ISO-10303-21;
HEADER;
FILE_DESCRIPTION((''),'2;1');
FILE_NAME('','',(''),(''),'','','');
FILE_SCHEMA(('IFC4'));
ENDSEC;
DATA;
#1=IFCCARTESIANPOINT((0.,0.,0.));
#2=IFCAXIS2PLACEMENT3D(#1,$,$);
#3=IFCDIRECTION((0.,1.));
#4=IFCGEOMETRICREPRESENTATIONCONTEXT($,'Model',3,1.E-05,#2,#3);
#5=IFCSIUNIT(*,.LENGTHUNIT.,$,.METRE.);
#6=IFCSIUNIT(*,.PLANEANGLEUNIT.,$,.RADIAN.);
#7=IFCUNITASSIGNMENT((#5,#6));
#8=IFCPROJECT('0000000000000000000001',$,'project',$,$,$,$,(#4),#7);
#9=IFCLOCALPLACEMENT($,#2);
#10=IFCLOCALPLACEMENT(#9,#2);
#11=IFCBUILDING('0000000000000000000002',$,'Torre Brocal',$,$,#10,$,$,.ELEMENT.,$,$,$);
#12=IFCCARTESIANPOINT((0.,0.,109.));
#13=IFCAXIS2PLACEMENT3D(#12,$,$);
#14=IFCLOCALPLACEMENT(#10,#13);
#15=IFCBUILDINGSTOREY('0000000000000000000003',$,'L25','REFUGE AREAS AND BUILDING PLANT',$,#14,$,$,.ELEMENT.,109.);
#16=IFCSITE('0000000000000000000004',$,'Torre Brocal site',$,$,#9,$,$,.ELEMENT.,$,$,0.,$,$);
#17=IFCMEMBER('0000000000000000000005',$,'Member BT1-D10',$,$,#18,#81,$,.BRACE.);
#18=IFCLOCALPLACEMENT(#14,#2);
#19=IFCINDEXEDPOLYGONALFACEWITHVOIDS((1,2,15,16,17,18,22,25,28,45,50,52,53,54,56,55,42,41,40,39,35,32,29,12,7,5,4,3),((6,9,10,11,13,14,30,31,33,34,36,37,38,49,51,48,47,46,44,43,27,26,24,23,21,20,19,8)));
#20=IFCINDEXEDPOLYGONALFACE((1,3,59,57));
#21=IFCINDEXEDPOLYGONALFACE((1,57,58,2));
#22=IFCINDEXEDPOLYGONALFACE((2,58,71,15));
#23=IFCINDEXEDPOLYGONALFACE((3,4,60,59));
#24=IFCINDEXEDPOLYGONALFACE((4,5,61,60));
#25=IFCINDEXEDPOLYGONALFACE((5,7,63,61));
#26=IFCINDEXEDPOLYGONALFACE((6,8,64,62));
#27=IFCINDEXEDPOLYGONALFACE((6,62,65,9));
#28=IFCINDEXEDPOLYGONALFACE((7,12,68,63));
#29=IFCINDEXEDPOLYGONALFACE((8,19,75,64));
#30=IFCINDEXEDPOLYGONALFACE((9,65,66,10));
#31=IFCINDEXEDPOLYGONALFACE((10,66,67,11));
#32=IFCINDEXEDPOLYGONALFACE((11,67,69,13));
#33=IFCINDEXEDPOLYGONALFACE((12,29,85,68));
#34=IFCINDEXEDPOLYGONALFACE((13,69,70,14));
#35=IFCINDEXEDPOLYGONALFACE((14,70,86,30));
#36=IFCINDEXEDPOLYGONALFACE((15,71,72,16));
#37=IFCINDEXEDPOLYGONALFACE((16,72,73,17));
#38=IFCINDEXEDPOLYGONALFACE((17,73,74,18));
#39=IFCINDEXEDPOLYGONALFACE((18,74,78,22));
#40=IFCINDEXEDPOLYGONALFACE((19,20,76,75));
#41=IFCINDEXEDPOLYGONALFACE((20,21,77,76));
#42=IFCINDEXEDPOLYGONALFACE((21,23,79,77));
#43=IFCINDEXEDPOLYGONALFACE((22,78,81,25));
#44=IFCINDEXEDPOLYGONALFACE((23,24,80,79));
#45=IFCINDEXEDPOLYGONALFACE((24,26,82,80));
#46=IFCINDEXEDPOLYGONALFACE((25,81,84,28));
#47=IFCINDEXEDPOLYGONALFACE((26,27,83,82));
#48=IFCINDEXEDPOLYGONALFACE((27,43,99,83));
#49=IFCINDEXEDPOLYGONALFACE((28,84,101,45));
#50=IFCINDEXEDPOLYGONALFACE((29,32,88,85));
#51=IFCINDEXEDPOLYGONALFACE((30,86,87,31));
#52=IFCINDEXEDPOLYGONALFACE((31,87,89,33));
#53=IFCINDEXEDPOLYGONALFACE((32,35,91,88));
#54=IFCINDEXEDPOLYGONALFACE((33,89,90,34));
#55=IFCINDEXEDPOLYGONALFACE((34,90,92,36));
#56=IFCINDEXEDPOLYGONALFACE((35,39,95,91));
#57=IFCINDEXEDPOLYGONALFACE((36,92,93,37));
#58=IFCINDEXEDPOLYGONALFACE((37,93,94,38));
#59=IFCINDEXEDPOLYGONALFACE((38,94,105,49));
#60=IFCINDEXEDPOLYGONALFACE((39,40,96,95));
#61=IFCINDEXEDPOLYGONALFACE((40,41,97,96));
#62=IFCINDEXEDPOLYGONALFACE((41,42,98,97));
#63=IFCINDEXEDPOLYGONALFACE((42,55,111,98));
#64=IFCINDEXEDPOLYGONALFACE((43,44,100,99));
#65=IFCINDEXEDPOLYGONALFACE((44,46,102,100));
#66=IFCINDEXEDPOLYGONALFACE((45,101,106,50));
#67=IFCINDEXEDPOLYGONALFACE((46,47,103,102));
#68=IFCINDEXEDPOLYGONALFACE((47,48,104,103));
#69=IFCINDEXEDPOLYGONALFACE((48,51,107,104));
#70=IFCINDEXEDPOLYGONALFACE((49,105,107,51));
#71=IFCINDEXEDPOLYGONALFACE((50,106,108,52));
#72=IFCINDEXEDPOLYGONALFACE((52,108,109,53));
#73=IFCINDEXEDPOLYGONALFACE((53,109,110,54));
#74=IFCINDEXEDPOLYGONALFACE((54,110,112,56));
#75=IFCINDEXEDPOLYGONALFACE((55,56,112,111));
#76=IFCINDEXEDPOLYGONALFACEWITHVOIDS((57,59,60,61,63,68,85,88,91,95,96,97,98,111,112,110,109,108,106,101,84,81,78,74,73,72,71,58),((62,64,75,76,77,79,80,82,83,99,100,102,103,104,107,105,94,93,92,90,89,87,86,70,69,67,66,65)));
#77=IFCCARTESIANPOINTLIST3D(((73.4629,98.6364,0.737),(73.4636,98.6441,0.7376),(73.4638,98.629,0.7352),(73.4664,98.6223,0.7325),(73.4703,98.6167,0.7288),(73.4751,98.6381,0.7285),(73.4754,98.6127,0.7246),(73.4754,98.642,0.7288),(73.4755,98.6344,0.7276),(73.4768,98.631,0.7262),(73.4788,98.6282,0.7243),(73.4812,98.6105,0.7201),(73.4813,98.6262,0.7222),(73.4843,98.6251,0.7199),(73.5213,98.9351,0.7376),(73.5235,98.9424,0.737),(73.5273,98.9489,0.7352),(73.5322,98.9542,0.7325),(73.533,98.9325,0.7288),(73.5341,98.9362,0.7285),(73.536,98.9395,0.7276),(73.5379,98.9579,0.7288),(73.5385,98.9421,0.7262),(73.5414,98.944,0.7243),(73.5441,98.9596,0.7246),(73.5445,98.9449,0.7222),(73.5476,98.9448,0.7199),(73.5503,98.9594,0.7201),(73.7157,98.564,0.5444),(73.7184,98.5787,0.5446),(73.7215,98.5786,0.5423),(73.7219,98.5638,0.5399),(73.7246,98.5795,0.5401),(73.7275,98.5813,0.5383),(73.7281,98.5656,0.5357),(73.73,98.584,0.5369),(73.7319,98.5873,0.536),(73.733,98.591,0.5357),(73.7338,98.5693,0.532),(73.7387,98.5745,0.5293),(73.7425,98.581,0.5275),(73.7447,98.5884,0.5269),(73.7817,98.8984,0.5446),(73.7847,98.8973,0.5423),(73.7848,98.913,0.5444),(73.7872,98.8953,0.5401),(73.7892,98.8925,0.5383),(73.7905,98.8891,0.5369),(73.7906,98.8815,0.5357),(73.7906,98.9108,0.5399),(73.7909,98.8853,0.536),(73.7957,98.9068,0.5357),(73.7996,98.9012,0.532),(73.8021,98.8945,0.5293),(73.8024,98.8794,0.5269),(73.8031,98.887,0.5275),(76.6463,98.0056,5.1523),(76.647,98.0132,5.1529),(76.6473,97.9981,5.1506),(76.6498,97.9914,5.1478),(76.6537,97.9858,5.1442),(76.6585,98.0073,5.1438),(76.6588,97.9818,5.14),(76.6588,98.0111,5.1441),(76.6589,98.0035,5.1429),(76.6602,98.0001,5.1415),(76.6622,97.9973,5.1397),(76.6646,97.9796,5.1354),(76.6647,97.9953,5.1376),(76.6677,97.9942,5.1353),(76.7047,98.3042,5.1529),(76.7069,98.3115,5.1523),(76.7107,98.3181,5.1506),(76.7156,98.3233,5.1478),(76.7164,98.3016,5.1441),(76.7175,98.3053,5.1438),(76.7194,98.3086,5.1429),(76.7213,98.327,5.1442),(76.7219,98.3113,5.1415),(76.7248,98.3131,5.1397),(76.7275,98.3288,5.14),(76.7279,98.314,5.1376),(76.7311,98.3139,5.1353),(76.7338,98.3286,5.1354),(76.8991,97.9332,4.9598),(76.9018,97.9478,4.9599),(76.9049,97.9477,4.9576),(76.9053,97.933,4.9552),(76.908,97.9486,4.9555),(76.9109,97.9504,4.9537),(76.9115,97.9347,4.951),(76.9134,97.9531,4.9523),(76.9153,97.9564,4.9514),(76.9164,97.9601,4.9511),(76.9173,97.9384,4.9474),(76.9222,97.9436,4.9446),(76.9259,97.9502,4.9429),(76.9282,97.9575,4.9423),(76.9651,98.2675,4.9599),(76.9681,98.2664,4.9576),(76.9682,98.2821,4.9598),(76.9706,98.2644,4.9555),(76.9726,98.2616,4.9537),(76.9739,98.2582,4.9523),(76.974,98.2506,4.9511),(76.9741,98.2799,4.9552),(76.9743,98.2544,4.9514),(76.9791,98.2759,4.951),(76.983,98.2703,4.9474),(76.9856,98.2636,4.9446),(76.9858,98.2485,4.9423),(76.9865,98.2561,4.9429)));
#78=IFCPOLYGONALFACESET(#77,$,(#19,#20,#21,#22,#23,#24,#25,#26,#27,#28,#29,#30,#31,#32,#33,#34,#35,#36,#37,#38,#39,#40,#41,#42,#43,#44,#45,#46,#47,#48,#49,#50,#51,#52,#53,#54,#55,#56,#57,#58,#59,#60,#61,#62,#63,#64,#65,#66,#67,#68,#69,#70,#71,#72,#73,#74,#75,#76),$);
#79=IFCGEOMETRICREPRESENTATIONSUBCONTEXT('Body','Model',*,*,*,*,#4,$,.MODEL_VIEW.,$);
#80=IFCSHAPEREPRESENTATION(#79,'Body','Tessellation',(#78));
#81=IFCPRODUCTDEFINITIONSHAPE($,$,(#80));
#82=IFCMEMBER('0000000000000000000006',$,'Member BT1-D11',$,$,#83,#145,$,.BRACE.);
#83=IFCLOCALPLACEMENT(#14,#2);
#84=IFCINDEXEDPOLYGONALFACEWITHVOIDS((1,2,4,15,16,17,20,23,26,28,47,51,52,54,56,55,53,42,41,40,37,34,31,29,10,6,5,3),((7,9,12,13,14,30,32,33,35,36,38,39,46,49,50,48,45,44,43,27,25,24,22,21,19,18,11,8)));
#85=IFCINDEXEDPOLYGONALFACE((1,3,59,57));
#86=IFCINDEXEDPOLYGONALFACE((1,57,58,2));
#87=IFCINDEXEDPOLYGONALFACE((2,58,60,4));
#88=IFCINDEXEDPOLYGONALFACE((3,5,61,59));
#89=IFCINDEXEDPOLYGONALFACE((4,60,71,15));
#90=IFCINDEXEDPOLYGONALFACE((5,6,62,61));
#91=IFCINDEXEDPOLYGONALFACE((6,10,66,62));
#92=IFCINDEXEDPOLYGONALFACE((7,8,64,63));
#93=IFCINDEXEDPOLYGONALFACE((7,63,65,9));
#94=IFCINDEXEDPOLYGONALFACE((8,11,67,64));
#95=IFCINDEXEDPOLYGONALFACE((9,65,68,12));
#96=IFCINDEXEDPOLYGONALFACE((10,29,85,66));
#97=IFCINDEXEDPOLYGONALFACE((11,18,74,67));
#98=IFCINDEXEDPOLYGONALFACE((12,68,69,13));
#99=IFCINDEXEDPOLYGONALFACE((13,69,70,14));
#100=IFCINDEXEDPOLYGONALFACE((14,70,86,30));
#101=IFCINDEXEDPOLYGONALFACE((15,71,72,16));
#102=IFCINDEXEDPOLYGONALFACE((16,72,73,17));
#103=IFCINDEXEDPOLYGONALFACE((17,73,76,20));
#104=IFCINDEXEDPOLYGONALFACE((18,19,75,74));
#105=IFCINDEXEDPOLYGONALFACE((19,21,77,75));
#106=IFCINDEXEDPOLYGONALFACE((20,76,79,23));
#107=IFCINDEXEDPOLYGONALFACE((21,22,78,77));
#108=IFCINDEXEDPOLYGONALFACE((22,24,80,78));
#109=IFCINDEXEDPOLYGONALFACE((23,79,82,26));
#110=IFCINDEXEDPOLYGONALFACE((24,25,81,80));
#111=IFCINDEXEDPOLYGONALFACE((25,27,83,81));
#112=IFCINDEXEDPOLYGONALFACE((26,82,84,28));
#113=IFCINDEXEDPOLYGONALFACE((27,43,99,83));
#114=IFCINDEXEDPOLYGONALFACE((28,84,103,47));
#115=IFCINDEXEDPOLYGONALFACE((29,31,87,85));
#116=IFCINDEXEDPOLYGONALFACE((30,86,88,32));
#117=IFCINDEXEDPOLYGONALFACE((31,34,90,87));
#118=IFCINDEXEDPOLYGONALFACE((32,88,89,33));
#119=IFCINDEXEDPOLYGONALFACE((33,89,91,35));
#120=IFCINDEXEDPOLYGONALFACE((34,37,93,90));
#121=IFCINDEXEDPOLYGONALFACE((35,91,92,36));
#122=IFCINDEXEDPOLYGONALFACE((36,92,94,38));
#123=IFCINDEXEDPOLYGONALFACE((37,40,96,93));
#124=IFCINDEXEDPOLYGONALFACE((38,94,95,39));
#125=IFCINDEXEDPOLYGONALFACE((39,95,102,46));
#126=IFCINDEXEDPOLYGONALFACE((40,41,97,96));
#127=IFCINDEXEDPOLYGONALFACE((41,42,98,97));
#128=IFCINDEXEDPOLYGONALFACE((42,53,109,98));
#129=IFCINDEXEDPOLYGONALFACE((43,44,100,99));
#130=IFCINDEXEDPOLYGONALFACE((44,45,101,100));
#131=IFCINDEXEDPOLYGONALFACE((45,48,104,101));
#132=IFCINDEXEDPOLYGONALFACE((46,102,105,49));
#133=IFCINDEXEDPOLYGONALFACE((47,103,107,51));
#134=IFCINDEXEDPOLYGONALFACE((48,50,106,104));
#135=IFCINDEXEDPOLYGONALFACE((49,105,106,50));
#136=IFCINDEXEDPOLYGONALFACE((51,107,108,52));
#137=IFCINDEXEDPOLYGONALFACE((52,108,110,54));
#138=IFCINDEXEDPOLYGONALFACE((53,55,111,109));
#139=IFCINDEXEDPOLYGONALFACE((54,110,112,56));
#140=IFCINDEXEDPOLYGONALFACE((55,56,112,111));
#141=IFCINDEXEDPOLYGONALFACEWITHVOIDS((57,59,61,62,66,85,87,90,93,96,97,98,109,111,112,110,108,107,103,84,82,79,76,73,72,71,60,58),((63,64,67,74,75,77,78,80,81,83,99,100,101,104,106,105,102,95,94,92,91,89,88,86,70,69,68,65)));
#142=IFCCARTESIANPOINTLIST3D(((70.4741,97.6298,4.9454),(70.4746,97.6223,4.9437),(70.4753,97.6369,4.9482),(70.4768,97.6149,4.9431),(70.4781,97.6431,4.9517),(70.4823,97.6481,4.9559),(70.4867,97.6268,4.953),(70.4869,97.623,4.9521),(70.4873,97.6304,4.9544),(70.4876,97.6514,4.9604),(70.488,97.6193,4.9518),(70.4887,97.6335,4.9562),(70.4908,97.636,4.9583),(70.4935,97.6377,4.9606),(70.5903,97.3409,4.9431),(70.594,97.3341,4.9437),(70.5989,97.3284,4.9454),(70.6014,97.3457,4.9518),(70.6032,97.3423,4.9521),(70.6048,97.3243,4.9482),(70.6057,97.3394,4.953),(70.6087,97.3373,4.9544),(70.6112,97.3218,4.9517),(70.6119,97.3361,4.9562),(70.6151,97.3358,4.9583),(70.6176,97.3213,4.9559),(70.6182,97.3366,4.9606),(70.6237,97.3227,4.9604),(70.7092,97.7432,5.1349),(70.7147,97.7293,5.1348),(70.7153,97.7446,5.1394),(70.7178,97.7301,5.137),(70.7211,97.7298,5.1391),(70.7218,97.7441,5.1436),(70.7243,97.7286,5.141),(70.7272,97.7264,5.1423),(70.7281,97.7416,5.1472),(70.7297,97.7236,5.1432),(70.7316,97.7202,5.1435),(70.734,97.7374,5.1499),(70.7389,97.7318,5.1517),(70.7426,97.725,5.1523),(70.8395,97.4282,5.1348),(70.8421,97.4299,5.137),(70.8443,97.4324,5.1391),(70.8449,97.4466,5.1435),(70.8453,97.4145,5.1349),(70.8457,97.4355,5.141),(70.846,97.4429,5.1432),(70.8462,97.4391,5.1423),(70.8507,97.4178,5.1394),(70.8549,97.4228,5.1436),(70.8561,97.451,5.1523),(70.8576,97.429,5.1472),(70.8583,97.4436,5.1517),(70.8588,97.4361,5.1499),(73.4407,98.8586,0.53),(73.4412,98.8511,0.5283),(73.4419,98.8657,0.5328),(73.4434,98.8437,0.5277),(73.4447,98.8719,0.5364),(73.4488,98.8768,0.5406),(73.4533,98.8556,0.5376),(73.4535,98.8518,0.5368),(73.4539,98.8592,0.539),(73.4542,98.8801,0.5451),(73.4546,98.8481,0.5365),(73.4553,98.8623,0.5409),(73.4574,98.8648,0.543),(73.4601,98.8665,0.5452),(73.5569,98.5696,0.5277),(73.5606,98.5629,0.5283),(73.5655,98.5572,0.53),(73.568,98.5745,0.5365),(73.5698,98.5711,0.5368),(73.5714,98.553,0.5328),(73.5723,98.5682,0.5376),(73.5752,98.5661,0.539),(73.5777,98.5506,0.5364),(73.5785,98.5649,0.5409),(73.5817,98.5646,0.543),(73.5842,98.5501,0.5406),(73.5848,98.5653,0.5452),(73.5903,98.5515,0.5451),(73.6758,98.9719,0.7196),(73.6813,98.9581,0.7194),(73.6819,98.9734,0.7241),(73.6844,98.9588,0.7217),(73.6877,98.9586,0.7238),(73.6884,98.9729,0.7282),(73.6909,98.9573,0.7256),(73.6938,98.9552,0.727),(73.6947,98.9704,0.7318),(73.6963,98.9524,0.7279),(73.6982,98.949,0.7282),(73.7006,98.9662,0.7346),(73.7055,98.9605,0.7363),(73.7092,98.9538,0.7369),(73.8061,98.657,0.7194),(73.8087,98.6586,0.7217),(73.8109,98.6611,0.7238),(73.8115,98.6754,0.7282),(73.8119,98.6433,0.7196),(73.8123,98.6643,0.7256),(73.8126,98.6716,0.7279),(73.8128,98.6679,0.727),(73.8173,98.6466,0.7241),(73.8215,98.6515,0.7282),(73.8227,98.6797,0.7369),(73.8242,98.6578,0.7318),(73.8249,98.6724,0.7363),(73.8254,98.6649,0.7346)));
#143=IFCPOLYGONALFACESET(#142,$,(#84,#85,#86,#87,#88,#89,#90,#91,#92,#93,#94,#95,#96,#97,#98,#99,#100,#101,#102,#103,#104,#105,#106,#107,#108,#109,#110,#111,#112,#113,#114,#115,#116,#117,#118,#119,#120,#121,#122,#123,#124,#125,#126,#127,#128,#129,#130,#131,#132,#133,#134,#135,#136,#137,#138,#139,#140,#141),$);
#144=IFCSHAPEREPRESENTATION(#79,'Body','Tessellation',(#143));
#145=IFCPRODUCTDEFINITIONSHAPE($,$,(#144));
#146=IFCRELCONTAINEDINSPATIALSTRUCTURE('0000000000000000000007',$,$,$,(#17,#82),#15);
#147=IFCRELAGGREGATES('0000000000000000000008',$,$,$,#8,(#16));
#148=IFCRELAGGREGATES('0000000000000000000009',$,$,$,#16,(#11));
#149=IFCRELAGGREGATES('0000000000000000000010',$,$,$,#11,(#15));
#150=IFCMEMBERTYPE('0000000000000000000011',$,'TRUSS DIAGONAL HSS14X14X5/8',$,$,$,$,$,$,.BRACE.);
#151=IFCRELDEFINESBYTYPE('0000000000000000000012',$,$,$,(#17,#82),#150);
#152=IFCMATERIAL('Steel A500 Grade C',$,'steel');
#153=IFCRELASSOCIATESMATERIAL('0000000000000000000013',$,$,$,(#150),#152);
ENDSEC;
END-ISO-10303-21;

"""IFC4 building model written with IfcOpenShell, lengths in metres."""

from ifc_helpers import new_model, si_unit, direction, frame, origin, origin_2d, place, context, subcontext, project, spatial, hollow_rectangle, extrude, material, material_profile, profile_set, type_object, element, save


model = new_model("IFC4")

# Units and contexts
model_context = context("Model", 3, precision=1e-05, world=origin(), true_north=direction((0.0, 1.0)))
body_context = subcontext(model_context, "Body", "Model", "MODEL_VIEW")
ifc_project = project(units=[si_unit("LENGTHUNIT", "METRE"), si_unit("PLANEANGLEUNIT", "RADIAN")], contexts=[model_context])

# Site, building, storey
site_placement = place(None, origin())
site = spatial("IfcSite", under=ifc_project, at=site_placement, Name="Torre Brocal site", CompositionType="ELEMENT", RefElevation=0.0)
building_placement = place(site_placement, origin())
building = spatial("IfcBuilding", under=site, at=building_placement, Name="Torre Brocal", CompositionType="ELEMENT")
storey_placement = place(building_placement, frame((0.0, 0.0, 109.0)))
storey = spatial("IfcBuildingStorey", under=building, at=storey_placement, Name="L25", Description="REFUGE AREAS AND BUILDING PLANT", CompositionType="ELEMENT", Elevation=109.0)

# Members
ifc_material_1 = material(Name="Steel A500 Grade C", Category="steel")
ifc_material_profile_1 = material_profile(ifc_material_1, hollow_rectangle(XDim=0.3557, YDim=0.3557, WallThickness=0.0149, InnerFilletRadius=0.0149, OuterFilletRadius=0.0295, at=origin_2d()), Name="HSS14X14X5/8")
ifc_profile_set_1 = profile_set([ifc_material_profile_1], Name="Steel A500 Grade C")
member_type_1 = type_object("IfcMemberType", Name="TRUSS DIAGONAL HSS14X14X5/8", PredefinedType="BRACE", material=ifc_profile_set_1)
member_1_placement = place(storey_placement, frame((76.8164, 98.1309, 5.0476), z_axis=(-0.580942, 0.115128, -0.805762), x_axis=(-0.194394, -0.980923, 0.0)))
element("IfcMember", 1, at=member_1_placement, inside=storey, type_object=member_type_1, Name="Member BT1-D10", PredefinedType="BRACE", context=body_context, shape_type="SweptSolid", body=[
    extrude(hollow_rectangle(XDim=0.3557, YDim=0.3557, WallThickness=0.0149, InnerFilletRadius=0.0149, OuterFilletRadius=0.0295, at=origin_2d()), origin(), (0.0, 0.0, 1.0), 5.4797),
])
for number, where, z_axis, x_axis, name in (
    (2, (73.6331, 98.7617, 0.6323), (-0.543385, -0.225072, 0.808749), (0.382676, -0.923882, 0.0), "Member BT1-D11"),
):
    element("IfcMember", number, at=place(storey_placement, frame(where, z_axis=z_axis, x_axis=x_axis)), inside=storey, type_object=member_type_1, Name=name, PredefinedType="BRACE", context=body_context, shape_type="SweptSolid", body=[
        extrude(hollow_rectangle(XDim=0.3557, YDim=0.3557, WallThickness=0.0149, InnerFilletRadius=0.0149, OuterFilletRadius=0.0295, at=origin_2d()), origin(), (0.0, 0.0, 1.0), 5.4595),
    ])

save(model, "model.ifc")
